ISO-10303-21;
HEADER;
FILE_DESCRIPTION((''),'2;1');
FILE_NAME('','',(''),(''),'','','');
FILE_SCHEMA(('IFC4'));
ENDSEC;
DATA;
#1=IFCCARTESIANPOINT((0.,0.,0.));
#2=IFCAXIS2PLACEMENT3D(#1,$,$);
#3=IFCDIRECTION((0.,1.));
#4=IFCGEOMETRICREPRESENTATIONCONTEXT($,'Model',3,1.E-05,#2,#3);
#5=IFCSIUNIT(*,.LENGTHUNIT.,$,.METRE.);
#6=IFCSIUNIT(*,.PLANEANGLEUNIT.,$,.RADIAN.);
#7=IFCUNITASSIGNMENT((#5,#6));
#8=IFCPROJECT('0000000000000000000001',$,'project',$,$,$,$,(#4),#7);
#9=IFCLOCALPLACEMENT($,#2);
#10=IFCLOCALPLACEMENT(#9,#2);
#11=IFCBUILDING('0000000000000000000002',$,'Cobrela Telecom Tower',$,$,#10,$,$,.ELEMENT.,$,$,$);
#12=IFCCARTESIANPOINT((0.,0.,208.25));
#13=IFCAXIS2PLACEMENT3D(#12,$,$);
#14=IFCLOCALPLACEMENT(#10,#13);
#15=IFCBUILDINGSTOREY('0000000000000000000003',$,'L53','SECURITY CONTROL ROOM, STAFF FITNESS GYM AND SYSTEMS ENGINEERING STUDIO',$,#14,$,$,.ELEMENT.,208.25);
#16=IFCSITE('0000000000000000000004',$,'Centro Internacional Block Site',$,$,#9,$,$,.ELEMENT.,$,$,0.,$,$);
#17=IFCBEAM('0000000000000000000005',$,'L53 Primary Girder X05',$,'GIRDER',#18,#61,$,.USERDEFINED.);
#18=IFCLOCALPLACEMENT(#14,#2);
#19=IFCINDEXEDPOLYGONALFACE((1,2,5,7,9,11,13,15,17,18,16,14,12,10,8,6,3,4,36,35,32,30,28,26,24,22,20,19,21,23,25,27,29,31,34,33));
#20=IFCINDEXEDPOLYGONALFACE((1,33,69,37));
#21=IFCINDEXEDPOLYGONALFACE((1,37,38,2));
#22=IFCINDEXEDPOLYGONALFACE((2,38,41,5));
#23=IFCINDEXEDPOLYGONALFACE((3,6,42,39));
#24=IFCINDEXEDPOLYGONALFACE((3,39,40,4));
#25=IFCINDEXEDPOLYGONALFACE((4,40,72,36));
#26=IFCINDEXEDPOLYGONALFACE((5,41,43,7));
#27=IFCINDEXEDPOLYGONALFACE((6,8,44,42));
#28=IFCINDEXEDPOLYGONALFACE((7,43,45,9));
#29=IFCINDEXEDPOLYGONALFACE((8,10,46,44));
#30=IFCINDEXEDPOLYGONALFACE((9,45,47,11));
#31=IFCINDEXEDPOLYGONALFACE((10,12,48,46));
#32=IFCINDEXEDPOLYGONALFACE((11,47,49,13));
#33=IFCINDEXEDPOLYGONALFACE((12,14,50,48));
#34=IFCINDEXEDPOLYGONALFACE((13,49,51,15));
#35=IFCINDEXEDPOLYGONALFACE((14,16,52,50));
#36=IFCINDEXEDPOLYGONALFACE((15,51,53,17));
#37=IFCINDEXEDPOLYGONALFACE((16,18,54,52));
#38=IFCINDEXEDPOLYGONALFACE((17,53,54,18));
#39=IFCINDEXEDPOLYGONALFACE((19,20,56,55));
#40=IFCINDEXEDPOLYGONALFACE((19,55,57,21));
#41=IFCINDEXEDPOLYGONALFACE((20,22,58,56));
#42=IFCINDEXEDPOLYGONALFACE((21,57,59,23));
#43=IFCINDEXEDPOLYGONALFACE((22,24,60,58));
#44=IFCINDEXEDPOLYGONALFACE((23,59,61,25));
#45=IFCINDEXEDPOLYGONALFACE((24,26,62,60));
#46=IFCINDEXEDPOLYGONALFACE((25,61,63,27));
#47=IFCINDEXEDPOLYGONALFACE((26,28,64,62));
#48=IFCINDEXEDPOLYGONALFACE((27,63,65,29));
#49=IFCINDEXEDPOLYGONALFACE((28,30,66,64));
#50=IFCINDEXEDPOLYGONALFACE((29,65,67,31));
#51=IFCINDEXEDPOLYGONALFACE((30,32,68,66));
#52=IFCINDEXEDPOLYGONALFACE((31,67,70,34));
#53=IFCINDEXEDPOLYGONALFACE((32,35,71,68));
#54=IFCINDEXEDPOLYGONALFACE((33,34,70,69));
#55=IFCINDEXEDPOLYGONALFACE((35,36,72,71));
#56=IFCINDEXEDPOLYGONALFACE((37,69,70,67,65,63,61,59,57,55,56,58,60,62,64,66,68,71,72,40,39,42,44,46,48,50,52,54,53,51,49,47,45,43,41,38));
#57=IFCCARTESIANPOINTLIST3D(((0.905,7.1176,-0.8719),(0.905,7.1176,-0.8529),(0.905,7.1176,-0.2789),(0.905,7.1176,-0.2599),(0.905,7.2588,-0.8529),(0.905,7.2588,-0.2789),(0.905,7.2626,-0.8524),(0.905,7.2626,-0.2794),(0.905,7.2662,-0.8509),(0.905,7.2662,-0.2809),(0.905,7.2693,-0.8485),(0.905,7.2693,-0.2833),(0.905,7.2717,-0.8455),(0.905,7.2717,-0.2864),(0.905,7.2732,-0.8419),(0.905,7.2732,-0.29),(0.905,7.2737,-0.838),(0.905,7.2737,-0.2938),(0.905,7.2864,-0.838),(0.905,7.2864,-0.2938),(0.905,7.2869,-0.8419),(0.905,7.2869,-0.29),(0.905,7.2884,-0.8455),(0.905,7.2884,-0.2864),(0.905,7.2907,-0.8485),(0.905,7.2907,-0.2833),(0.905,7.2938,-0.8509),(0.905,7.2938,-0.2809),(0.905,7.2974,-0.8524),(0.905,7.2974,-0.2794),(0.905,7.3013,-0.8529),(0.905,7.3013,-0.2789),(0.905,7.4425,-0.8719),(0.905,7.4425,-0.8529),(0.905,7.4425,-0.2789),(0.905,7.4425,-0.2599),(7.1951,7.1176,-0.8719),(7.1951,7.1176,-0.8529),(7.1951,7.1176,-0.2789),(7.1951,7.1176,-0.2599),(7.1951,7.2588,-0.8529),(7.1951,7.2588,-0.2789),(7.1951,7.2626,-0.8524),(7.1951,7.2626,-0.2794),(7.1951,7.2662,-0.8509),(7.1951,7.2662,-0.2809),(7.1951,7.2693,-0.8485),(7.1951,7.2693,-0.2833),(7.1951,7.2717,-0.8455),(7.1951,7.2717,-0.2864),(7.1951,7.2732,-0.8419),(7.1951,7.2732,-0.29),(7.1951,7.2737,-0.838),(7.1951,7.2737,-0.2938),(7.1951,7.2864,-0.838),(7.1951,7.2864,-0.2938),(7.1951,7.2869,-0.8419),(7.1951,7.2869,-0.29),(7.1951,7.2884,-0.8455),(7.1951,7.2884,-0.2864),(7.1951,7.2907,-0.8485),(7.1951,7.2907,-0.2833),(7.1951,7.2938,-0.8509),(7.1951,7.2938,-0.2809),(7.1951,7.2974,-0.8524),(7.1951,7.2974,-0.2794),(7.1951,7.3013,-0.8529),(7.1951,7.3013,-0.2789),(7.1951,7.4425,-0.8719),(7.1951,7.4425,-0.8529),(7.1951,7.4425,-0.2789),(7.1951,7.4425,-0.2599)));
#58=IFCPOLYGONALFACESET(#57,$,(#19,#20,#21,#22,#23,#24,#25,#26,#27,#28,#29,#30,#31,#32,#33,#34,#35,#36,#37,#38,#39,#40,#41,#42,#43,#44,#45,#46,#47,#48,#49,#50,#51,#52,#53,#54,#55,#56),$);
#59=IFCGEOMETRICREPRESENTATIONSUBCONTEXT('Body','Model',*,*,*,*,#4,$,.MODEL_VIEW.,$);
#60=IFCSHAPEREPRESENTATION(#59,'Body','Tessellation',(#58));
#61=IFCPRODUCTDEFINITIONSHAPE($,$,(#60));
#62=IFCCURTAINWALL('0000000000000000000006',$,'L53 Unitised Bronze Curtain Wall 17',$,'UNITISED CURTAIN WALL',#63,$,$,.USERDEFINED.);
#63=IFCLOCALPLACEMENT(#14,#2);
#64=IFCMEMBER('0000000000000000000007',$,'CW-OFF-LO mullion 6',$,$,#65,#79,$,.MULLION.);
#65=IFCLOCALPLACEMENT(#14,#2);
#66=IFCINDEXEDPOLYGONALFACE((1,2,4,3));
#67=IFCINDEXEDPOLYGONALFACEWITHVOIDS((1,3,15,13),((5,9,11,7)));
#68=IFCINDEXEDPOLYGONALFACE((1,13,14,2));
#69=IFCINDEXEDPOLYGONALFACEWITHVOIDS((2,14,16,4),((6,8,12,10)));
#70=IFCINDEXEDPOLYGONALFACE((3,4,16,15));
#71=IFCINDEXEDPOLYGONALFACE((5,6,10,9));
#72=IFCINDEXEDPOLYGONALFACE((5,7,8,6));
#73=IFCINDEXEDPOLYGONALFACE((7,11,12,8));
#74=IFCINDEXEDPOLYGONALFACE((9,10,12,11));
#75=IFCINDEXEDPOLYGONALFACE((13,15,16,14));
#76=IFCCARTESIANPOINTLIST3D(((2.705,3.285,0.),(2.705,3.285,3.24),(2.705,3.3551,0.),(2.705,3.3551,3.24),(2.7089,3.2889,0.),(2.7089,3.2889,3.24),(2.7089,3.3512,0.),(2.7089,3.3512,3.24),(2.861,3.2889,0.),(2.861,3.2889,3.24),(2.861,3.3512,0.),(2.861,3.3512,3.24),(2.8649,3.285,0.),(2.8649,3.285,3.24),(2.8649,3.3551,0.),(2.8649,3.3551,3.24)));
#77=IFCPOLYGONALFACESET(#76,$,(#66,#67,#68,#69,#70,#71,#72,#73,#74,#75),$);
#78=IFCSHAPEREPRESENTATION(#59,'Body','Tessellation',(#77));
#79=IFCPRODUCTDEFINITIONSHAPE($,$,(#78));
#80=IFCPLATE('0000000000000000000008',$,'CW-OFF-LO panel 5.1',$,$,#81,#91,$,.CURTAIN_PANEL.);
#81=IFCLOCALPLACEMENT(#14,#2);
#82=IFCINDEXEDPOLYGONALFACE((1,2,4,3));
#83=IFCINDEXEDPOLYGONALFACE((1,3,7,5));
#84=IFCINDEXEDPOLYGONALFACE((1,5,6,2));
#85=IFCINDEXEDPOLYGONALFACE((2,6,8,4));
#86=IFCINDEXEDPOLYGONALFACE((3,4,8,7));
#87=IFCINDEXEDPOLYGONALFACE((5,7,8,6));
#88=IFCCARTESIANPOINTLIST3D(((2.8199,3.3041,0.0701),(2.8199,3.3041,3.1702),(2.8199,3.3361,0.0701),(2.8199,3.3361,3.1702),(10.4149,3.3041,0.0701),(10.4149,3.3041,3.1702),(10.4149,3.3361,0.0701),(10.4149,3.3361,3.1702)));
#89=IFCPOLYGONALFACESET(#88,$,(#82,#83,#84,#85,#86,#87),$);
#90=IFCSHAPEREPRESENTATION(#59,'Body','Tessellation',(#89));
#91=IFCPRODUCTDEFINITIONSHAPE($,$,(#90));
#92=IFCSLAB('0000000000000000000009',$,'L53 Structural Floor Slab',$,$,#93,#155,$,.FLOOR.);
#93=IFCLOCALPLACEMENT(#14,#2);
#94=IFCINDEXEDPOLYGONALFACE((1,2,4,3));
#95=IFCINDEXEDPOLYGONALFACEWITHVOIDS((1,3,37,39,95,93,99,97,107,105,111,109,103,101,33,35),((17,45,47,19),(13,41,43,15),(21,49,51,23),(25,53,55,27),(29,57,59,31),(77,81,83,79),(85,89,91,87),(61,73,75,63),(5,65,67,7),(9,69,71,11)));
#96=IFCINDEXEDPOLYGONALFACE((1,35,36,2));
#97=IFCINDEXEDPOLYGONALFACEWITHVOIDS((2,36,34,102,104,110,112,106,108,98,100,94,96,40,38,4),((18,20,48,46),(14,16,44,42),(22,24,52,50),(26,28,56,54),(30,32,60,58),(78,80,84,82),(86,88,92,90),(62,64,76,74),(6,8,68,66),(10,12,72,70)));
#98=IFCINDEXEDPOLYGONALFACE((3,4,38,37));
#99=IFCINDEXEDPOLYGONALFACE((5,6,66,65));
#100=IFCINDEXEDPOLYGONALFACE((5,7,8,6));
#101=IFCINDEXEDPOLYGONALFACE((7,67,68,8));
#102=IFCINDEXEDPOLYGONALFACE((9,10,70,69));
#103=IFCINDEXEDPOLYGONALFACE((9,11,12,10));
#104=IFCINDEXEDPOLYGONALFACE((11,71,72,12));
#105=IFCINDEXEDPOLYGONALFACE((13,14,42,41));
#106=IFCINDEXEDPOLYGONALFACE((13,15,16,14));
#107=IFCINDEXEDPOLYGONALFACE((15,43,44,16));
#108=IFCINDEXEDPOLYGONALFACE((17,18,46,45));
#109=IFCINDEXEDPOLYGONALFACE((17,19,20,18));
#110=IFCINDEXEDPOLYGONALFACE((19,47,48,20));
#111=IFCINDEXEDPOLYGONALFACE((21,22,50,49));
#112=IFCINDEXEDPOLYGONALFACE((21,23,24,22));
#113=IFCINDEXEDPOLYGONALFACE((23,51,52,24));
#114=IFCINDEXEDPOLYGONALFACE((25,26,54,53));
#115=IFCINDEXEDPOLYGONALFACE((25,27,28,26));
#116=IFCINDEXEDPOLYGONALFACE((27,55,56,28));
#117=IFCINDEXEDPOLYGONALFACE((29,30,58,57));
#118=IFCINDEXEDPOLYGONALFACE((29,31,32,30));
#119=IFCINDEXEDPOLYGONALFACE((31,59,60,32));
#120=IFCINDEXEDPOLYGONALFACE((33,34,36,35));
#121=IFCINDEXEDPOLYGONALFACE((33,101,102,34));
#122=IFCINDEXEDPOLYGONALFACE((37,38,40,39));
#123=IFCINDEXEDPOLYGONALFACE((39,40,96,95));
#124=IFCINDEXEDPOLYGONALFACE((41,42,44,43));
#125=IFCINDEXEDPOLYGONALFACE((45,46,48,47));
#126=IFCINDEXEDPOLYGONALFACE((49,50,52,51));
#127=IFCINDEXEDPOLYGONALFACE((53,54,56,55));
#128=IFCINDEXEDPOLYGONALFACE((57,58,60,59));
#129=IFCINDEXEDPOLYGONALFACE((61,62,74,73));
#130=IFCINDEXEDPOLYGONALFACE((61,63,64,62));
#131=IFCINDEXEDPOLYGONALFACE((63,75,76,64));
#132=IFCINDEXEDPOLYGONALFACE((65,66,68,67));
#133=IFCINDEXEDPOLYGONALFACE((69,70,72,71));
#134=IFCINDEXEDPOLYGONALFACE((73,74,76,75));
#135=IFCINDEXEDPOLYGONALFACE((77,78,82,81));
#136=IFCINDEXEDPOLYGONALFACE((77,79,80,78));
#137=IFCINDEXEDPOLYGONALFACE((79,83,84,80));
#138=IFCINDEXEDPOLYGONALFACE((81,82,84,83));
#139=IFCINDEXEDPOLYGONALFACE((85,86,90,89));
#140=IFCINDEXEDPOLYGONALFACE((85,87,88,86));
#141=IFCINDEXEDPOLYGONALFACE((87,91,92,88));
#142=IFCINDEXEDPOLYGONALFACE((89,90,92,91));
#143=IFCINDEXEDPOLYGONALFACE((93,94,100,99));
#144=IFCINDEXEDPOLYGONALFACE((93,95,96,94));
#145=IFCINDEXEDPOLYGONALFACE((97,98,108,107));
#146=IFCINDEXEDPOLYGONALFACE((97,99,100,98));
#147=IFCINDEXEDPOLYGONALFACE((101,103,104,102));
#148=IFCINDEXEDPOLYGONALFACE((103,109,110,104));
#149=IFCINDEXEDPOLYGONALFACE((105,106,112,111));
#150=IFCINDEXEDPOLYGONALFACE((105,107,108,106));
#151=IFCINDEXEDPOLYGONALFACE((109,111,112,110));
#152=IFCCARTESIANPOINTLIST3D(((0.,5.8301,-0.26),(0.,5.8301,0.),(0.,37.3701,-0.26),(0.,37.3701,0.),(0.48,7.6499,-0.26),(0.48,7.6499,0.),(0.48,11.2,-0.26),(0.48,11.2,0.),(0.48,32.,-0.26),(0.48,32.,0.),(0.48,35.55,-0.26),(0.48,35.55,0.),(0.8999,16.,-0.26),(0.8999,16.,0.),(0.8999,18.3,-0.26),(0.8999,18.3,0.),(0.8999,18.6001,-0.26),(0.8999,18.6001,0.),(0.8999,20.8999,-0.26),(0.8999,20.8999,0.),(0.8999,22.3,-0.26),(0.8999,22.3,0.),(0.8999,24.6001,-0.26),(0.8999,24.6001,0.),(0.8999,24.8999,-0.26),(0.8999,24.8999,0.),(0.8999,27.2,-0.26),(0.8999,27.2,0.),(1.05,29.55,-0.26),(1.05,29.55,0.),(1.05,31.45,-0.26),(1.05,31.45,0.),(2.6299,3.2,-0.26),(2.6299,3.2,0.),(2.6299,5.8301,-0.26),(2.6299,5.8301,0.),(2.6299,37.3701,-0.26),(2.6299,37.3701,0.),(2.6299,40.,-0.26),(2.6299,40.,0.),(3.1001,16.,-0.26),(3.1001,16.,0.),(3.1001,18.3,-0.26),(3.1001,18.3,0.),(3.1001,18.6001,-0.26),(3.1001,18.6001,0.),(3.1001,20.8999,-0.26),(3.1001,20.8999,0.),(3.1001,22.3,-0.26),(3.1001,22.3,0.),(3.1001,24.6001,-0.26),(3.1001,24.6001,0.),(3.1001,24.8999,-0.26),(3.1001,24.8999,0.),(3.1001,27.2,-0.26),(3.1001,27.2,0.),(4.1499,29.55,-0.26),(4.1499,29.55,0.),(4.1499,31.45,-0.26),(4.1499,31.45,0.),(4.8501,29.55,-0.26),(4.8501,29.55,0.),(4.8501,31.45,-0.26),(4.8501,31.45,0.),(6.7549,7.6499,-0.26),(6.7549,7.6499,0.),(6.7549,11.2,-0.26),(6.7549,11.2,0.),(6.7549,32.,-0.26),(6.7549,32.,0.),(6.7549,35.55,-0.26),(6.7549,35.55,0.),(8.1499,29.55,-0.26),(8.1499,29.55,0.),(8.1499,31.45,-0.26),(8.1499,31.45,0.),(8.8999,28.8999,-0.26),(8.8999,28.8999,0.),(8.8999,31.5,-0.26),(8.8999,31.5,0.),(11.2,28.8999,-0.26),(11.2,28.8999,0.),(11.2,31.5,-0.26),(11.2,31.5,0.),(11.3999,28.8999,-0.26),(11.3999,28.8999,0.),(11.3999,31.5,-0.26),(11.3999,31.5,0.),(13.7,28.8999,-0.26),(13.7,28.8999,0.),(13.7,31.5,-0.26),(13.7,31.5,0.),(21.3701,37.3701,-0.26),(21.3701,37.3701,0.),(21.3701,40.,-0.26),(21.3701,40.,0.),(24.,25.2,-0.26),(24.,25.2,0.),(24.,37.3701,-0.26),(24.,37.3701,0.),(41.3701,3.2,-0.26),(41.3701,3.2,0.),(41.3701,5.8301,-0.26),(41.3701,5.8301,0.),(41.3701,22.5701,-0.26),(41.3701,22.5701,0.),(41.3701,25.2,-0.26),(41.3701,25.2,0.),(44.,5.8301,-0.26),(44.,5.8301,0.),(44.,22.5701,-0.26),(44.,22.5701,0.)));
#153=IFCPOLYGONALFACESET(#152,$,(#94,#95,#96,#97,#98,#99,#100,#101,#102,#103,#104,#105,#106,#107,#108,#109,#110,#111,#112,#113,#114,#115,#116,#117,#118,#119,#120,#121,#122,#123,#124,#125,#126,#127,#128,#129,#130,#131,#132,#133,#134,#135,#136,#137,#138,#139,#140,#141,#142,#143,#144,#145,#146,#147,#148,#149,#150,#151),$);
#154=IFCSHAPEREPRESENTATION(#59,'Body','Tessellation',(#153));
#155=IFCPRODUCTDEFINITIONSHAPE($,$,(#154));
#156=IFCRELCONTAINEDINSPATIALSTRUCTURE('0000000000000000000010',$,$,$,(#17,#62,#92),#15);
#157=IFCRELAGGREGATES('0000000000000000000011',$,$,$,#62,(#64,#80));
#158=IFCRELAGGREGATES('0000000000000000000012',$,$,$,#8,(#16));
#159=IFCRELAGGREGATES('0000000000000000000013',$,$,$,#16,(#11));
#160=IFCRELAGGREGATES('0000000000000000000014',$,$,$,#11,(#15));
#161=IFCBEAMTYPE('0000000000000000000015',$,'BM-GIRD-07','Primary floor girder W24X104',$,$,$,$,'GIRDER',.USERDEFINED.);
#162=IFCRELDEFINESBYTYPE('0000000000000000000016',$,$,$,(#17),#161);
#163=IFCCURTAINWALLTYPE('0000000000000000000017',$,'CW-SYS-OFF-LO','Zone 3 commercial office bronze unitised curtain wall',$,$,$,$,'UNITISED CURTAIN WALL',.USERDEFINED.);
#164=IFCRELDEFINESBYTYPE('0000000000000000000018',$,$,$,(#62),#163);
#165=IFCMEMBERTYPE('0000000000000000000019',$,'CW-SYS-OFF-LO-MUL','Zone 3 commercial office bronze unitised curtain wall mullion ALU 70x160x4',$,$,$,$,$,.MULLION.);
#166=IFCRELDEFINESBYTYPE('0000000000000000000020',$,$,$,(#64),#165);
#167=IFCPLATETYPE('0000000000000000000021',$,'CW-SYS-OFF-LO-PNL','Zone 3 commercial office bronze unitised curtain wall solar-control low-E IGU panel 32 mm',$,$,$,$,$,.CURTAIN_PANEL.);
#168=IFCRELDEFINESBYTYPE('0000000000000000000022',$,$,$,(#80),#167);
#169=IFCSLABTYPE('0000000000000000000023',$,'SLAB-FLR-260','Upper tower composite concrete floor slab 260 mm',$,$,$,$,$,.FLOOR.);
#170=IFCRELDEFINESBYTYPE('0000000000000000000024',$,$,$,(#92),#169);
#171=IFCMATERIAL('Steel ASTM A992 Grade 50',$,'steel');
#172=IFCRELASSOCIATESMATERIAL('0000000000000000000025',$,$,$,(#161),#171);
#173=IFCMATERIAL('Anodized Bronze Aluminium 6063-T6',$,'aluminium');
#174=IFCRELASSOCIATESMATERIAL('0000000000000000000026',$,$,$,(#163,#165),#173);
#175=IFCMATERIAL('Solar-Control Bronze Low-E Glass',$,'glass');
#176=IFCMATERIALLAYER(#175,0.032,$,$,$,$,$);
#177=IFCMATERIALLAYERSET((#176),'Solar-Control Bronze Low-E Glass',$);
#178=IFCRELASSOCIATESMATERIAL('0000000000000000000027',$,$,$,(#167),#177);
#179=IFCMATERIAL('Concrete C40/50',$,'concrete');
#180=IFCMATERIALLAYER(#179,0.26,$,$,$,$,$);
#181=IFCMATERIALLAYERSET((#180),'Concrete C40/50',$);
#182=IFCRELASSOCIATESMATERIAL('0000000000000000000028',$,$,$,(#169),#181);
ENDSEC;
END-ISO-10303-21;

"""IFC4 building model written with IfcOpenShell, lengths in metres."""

from ifc_helpers import new_model, si_unit, direction, frame, origin, origin_2d, place, context, subcontext, project, spatial, polyline, rectangle, hollow_rectangle, i_section, outline, extrude, material, layer, layer_set, material_profile, profile_set, type_object, element, aggregate, save


model = new_model("IFC4")

# Units and contexts
model_context = context("Model", 3, precision=1e-05, world=origin(), true_north=direction((0.0, 1.0)))
body_context = subcontext(model_context, "Body", "Model", "MODEL_VIEW")
ifc_project = project(units=[si_unit("LENGTHUNIT", "METRE"), si_unit("PLANEANGLEUNIT", "RADIAN")], contexts=[model_context])

# Site, building, storey
site_placement = place(None, origin())
site = spatial("IfcSite", under=ifc_project, at=site_placement, Name="Centro Internacional Block Site", CompositionType="ELEMENT", RefElevation=0.0)
building_placement = place(site_placement, origin())
building = spatial("IfcBuilding", under=site, at=building_placement, Name="Cobrela Telecom Tower", CompositionType="ELEMENT")
storey_placement = place(building_placement, frame((0.0, 0.0, 208.25)))
storey = spatial("IfcBuildingStorey", under=building, at=storey_placement, Name="L53", Description="SECURITY CONTROL ROOM, STAFF FITNESS GYM AND SYSTEMS ENGINEERING STUDIO", CompositionType="ELEMENT", Elevation=208.25)

# Beam
ifc_material_1 = material(Name="Steel ASTM A992 Grade 50", Category="steel")
ifc_material_profile_1 = material_profile(ifc_material_1, i_section(OverallWidth=0.325, OverallDepth=0.6121, WebThickness=0.0127, FlangeThickness=0.019, FilletRadius=0.0149, at=origin_2d()), Name="W24X104")
ifc_profile_set_1 = profile_set([ifc_material_profile_1], Name="Steel ASTM A992 Grade 50")
beam_type = type_object("IfcBeamType", Name="BM-GIRD-07", Description="Primary floor girder W24X104", ElementType="GIRDER", PredefinedType="USERDEFINED", material=ifc_profile_set_1)
beam_placement = place(storey_placement, frame((0.905, 7.28, -0.5659), z_axis=(1.0, 0.0, 0.0), x_axis=(0.0, 1.0, 0.0)))
element("IfcBeam", 1, at=beam_placement, inside=storey, type_object=beam_type, Name="L53 Primary Girder X05", ObjectType="GIRDER", PredefinedType="USERDEFINED", context=body_context, shape_type="SweptSolid", body=[
    extrude(i_section(OverallWidth=0.325, OverallDepth=0.6121, WebThickness=0.0127, FlangeThickness=0.019, FilletRadius=0.0149, at=origin_2d()), origin(), (0.0, 0.0, 1.0), 6.29),
])

# Curtain wall, member, plate
ifc_material_2 = material(Name="Anodized Bronze Aluminium 6063-T6", Category="aluminium")
curtain_wall_type = type_object("IfcCurtainWallType", Name="CW-SYS-OFF-LO", Description="Zone 3 commercial office bronze unitised curtain wall", ElementType="UNITISED CURTAIN WALL", PredefinedType="USERDEFINED", material=ifc_material_2)
curtain_wall_placement = place(storey_placement, origin())
curtain_wall = element("IfcCurtainWall", 2, at=curtain_wall_placement, inside=storey, type_object=curtain_wall_type, Name="L53 Unitised Bronze Curtain Wall 17", ObjectType="UNITISED CURTAIN WALL", PredefinedType="USERDEFINED")
ifc_material_profile_2 = material_profile(ifc_material_2, hollow_rectangle(XDim=0.0701, YDim=0.1599, WallThickness=0.0039, at=origin_2d()), Name="ALU 70x160x4")
ifc_profile_set_2 = profile_set([ifc_material_profile_2], Name="Anodized Bronze Aluminium 6063-T6")
member_type = type_object("IfcMemberType", Name="CW-SYS-OFF-LO-MUL", Description="Zone 3 commercial office bronze unitised curtain wall mullion ALU 70x160x4", PredefinedType="MULLION", material=ifc_profile_set_2)
member_placement = place(storey_placement, frame((2.7849, 3.3201, 0.0), z_axis=(0.0, 0.0, 1.0), x_axis=(0.0, -1.0, 0.0)))
member = element("IfcMember", 3, at=member_placement, type_object=member_type, Name="CW-OFF-LO mullion 6", PredefinedType="MULLION", context=body_context, shape_type="SweptSolid", body=[
    extrude(hollow_rectangle(XDim=0.0701, YDim=0.1599, WallThickness=0.0039, at=origin_2d()), origin(), (0.0, 0.0, 1.0), 3.24),
])
ifc_material_3 = material(Name="Solar-Control Bronze Low-E Glass", Category="glass")
ifc_layer_1 = layer(ifc_material_3, 0.032)
ifc_layer_set_1 = layer_set([ifc_layer_1], Name="Solar-Control Bronze Low-E Glass")
plate_type = type_object("IfcPlateType", Name="CW-SYS-OFF-LO-PNL", Description="Zone 3 commercial office bronze unitised curtain wall solar-control low-E IGU panel 32 mm", PredefinedType="CURTAIN_PANEL", material=ifc_layer_set_1)
plate_placement = place(storey_placement, frame((6.6174, 3.3201, 0.0701), z_axis=(0.0, 0.0, 1.0), x_axis=(-1.0, 0.0, 0.0)))
plate = element("IfcPlate", 4, at=plate_placement, type_object=plate_type, Name="CW-OFF-LO panel 5.1", PredefinedType="CURTAIN_PANEL", context=body_context, shape_type="SweptSolid", body=[
    extrude(rectangle(XDim=7.595, YDim=0.032, at=origin_2d()), origin(), (0.0, 0.0, 1.0), 3.1001),
])
aggregate(curtain_wall, [member, plate])

# Slab, openings
ifc_material_4 = material(Name="Concrete C40/50", Category="concrete")
ifc_layer_2 = layer(ifc_material_4, 0.26)
ifc_layer_set_2 = layer_set([ifc_layer_2], Name="Concrete C40/50")
slab_type_1 = type_object("IfcSlabType", Name="SLAB-FLR-260", Description="Upper tower composite concrete floor slab 260 mm", PredefinedType="FLOOR", material=ifc_layer_set_2)
slab_1_placement = place(storey_placement, frame((0.0, 0.0, -0.26)))
slab_1 = element("IfcSlab", 5, at=slab_1_placement, inside=storey, type_object=slab_type_1, Name="L53 Structural Floor Slab", PredefinedType="FLOOR", context=body_context, shape_type="SweptSolid", body=[
    extrude(outline(polyline([(2.6299, 3.2), (41.3701, 3.2), (41.3701, 5.8301), (44.0, 5.8301), (44.0, 22.5701), (41.3701, 22.5701), (41.3701, 25.2), (24.0, 25.2), (24.0, 37.3701), (21.3701, 37.3701), (21.3701, 40.0), (2.6299, 40.0), (2.6299, 37.3701), (0.0, 37.3701), (0.0, 5.8301), (2.6299, 5.8301), (2.6299, 3.2)])), origin(), (0.0, 0.0, 1.0), 0.26),
])
opening_1_placement = place(slab_1_placement, frame((0.0, 0.0, -0.02)))
element("IfcOpeningElement", 6, at=opening_1_placement, cuts=slab_1, PredefinedType="OPENING", context=body_context, shape_type="SweptSolid", body=[
    extrude(outline(polyline([(8.8999, 28.8999), (11.2, 28.8999), (11.2, 31.5), (8.8999, 31.5), (8.8999, 28.8999)])), origin(), (0.0, 0.0, 1.0), 0.3),
])
opening_2_placement = place(slab_1_placement, frame((0.0, 0.0, -0.02)))
element("IfcOpeningElement", 7, at=opening_2_placement, cuts=slab_1, PredefinedType="OPENING", context=body_context, shape_type="SweptSolid", body=[
    extrude(outline(polyline([(11.3999, 28.8999), (13.7, 28.8999), (13.7, 31.5), (11.3999, 31.5), (11.3999, 28.8999)])), origin(), (0.0, 0.0, 1.0), 0.3),
])
opening_3_placement = place(slab_1_placement, frame((0.0, 0.0, -0.02)))
element("IfcOpeningElement", 8, at=opening_3_placement, cuts=slab_1, PredefinedType="OPENING", context=body_context, shape_type="SweptSolid", body=[
    extrude(outline(polyline([(0.8999, 16.0), (3.1001, 16.0), (3.1001, 18.3), (0.8999, 18.3), (0.8999, 16.0)])), origin(), (0.0, 0.0, 1.0), 0.3),
])
opening_4_placement = place(slab_1_placement, frame((0.0, 0.0, -0.02)))
element("IfcOpeningElement", 9, at=opening_4_placement, cuts=slab_1, PredefinedType="OPENING", context=body_context, shape_type="SweptSolid", body=[
    extrude(outline(polyline([(0.8999, 18.6001), (3.1001, 18.6001), (3.1001, 20.8999), (0.8999, 20.8999), (0.8999, 18.6001)])), origin(), (0.0, 0.0, 1.0), 0.3),
])
opening_5_placement = place(slab_1_placement, frame((0.0, 0.0, -0.02)))
element("IfcOpeningElement", 10, at=opening_5_placement, cuts=slab_1, PredefinedType="OPENING", context=body_context, shape_type="SweptSolid", body=[
    extrude(outline(polyline([(0.8999, 22.3), (3.1001, 22.3), (3.1001, 24.6001), (0.8999, 24.6001), (0.8999, 22.3)])), origin(), (0.0, 0.0, 1.0), 0.3),
])
opening_6_placement = place(slab_1_placement, frame((0.0, 0.0, -0.02)))
element("IfcOpeningElement", 11, at=opening_6_placement, cuts=slab_1, PredefinedType="OPENING", context=body_context, shape_type="SweptSolid", body=[
    extrude(outline(polyline([(0.8999, 24.8999), (3.1001, 24.8999), (3.1001, 27.2), (0.8999, 27.2), (0.8999, 24.8999)])), origin(), (0.0, 0.0, 1.0), 0.3),
])
opening_7_placement = place(slab_1_placement, frame((0.0, 0.0, -0.02)))
element("IfcOpeningElement", 12, at=opening_7_placement, cuts=slab_1, PredefinedType="OPENING", context=body_context, shape_type="SweptSolid", body=[
    extrude(outline(polyline([(1.05, 29.55), (4.1499, 29.55), (4.1499, 31.45), (1.05, 31.45), (1.05, 29.55)])), origin(), (0.0, 0.0, 1.0), 0.3),
])
opening_8_placement = place(slab_1_placement, frame((0.0, 0.0, -0.02)))
element("IfcOpeningElement", 13, at=opening_8_placement, cuts=slab_1, PredefinedType="OPENING", context=body_context, shape_type="SweptSolid", body=[
    extrude(outline(polyline([(4.8501, 29.55), (8.1499, 29.55), (8.1499, 31.45), (4.8501, 31.45), (4.8501, 29.55)])), origin(), (0.0, 0.0, 1.0), 0.3),
])
opening_9_placement = place(slab_1_placement, frame((0.0, 0.0, -0.02)))
element("IfcOpeningElement", 14, at=opening_9_placement, cuts=slab_1, PredefinedType="OPENING", context=body_context, shape_type="SweptSolid", body=[
    extrude(outline(polyline([(6.7549, 35.55), (0.48, 35.55), (0.48, 32.0), (6.7549, 32.0), (6.7549, 35.55)])), origin(), (0.0, 0.0, 1.0), 0.3),
])
opening_10_placement = place(slab_1_placement, frame((0.0, 0.0, -0.02)))
element("IfcOpeningElement", 15, at=opening_10_placement, cuts=slab_1, PredefinedType="OPENING", context=body_context, shape_type="SweptSolid", body=[
    extrude(outline(polyline([(6.7549, 11.2), (0.48, 11.2), (0.48, 7.6499), (6.7549, 7.6499), (6.7549, 11.2)])), origin(), (0.0, 0.0, 1.0), 0.3),
])

save(model, "model.ifc")
